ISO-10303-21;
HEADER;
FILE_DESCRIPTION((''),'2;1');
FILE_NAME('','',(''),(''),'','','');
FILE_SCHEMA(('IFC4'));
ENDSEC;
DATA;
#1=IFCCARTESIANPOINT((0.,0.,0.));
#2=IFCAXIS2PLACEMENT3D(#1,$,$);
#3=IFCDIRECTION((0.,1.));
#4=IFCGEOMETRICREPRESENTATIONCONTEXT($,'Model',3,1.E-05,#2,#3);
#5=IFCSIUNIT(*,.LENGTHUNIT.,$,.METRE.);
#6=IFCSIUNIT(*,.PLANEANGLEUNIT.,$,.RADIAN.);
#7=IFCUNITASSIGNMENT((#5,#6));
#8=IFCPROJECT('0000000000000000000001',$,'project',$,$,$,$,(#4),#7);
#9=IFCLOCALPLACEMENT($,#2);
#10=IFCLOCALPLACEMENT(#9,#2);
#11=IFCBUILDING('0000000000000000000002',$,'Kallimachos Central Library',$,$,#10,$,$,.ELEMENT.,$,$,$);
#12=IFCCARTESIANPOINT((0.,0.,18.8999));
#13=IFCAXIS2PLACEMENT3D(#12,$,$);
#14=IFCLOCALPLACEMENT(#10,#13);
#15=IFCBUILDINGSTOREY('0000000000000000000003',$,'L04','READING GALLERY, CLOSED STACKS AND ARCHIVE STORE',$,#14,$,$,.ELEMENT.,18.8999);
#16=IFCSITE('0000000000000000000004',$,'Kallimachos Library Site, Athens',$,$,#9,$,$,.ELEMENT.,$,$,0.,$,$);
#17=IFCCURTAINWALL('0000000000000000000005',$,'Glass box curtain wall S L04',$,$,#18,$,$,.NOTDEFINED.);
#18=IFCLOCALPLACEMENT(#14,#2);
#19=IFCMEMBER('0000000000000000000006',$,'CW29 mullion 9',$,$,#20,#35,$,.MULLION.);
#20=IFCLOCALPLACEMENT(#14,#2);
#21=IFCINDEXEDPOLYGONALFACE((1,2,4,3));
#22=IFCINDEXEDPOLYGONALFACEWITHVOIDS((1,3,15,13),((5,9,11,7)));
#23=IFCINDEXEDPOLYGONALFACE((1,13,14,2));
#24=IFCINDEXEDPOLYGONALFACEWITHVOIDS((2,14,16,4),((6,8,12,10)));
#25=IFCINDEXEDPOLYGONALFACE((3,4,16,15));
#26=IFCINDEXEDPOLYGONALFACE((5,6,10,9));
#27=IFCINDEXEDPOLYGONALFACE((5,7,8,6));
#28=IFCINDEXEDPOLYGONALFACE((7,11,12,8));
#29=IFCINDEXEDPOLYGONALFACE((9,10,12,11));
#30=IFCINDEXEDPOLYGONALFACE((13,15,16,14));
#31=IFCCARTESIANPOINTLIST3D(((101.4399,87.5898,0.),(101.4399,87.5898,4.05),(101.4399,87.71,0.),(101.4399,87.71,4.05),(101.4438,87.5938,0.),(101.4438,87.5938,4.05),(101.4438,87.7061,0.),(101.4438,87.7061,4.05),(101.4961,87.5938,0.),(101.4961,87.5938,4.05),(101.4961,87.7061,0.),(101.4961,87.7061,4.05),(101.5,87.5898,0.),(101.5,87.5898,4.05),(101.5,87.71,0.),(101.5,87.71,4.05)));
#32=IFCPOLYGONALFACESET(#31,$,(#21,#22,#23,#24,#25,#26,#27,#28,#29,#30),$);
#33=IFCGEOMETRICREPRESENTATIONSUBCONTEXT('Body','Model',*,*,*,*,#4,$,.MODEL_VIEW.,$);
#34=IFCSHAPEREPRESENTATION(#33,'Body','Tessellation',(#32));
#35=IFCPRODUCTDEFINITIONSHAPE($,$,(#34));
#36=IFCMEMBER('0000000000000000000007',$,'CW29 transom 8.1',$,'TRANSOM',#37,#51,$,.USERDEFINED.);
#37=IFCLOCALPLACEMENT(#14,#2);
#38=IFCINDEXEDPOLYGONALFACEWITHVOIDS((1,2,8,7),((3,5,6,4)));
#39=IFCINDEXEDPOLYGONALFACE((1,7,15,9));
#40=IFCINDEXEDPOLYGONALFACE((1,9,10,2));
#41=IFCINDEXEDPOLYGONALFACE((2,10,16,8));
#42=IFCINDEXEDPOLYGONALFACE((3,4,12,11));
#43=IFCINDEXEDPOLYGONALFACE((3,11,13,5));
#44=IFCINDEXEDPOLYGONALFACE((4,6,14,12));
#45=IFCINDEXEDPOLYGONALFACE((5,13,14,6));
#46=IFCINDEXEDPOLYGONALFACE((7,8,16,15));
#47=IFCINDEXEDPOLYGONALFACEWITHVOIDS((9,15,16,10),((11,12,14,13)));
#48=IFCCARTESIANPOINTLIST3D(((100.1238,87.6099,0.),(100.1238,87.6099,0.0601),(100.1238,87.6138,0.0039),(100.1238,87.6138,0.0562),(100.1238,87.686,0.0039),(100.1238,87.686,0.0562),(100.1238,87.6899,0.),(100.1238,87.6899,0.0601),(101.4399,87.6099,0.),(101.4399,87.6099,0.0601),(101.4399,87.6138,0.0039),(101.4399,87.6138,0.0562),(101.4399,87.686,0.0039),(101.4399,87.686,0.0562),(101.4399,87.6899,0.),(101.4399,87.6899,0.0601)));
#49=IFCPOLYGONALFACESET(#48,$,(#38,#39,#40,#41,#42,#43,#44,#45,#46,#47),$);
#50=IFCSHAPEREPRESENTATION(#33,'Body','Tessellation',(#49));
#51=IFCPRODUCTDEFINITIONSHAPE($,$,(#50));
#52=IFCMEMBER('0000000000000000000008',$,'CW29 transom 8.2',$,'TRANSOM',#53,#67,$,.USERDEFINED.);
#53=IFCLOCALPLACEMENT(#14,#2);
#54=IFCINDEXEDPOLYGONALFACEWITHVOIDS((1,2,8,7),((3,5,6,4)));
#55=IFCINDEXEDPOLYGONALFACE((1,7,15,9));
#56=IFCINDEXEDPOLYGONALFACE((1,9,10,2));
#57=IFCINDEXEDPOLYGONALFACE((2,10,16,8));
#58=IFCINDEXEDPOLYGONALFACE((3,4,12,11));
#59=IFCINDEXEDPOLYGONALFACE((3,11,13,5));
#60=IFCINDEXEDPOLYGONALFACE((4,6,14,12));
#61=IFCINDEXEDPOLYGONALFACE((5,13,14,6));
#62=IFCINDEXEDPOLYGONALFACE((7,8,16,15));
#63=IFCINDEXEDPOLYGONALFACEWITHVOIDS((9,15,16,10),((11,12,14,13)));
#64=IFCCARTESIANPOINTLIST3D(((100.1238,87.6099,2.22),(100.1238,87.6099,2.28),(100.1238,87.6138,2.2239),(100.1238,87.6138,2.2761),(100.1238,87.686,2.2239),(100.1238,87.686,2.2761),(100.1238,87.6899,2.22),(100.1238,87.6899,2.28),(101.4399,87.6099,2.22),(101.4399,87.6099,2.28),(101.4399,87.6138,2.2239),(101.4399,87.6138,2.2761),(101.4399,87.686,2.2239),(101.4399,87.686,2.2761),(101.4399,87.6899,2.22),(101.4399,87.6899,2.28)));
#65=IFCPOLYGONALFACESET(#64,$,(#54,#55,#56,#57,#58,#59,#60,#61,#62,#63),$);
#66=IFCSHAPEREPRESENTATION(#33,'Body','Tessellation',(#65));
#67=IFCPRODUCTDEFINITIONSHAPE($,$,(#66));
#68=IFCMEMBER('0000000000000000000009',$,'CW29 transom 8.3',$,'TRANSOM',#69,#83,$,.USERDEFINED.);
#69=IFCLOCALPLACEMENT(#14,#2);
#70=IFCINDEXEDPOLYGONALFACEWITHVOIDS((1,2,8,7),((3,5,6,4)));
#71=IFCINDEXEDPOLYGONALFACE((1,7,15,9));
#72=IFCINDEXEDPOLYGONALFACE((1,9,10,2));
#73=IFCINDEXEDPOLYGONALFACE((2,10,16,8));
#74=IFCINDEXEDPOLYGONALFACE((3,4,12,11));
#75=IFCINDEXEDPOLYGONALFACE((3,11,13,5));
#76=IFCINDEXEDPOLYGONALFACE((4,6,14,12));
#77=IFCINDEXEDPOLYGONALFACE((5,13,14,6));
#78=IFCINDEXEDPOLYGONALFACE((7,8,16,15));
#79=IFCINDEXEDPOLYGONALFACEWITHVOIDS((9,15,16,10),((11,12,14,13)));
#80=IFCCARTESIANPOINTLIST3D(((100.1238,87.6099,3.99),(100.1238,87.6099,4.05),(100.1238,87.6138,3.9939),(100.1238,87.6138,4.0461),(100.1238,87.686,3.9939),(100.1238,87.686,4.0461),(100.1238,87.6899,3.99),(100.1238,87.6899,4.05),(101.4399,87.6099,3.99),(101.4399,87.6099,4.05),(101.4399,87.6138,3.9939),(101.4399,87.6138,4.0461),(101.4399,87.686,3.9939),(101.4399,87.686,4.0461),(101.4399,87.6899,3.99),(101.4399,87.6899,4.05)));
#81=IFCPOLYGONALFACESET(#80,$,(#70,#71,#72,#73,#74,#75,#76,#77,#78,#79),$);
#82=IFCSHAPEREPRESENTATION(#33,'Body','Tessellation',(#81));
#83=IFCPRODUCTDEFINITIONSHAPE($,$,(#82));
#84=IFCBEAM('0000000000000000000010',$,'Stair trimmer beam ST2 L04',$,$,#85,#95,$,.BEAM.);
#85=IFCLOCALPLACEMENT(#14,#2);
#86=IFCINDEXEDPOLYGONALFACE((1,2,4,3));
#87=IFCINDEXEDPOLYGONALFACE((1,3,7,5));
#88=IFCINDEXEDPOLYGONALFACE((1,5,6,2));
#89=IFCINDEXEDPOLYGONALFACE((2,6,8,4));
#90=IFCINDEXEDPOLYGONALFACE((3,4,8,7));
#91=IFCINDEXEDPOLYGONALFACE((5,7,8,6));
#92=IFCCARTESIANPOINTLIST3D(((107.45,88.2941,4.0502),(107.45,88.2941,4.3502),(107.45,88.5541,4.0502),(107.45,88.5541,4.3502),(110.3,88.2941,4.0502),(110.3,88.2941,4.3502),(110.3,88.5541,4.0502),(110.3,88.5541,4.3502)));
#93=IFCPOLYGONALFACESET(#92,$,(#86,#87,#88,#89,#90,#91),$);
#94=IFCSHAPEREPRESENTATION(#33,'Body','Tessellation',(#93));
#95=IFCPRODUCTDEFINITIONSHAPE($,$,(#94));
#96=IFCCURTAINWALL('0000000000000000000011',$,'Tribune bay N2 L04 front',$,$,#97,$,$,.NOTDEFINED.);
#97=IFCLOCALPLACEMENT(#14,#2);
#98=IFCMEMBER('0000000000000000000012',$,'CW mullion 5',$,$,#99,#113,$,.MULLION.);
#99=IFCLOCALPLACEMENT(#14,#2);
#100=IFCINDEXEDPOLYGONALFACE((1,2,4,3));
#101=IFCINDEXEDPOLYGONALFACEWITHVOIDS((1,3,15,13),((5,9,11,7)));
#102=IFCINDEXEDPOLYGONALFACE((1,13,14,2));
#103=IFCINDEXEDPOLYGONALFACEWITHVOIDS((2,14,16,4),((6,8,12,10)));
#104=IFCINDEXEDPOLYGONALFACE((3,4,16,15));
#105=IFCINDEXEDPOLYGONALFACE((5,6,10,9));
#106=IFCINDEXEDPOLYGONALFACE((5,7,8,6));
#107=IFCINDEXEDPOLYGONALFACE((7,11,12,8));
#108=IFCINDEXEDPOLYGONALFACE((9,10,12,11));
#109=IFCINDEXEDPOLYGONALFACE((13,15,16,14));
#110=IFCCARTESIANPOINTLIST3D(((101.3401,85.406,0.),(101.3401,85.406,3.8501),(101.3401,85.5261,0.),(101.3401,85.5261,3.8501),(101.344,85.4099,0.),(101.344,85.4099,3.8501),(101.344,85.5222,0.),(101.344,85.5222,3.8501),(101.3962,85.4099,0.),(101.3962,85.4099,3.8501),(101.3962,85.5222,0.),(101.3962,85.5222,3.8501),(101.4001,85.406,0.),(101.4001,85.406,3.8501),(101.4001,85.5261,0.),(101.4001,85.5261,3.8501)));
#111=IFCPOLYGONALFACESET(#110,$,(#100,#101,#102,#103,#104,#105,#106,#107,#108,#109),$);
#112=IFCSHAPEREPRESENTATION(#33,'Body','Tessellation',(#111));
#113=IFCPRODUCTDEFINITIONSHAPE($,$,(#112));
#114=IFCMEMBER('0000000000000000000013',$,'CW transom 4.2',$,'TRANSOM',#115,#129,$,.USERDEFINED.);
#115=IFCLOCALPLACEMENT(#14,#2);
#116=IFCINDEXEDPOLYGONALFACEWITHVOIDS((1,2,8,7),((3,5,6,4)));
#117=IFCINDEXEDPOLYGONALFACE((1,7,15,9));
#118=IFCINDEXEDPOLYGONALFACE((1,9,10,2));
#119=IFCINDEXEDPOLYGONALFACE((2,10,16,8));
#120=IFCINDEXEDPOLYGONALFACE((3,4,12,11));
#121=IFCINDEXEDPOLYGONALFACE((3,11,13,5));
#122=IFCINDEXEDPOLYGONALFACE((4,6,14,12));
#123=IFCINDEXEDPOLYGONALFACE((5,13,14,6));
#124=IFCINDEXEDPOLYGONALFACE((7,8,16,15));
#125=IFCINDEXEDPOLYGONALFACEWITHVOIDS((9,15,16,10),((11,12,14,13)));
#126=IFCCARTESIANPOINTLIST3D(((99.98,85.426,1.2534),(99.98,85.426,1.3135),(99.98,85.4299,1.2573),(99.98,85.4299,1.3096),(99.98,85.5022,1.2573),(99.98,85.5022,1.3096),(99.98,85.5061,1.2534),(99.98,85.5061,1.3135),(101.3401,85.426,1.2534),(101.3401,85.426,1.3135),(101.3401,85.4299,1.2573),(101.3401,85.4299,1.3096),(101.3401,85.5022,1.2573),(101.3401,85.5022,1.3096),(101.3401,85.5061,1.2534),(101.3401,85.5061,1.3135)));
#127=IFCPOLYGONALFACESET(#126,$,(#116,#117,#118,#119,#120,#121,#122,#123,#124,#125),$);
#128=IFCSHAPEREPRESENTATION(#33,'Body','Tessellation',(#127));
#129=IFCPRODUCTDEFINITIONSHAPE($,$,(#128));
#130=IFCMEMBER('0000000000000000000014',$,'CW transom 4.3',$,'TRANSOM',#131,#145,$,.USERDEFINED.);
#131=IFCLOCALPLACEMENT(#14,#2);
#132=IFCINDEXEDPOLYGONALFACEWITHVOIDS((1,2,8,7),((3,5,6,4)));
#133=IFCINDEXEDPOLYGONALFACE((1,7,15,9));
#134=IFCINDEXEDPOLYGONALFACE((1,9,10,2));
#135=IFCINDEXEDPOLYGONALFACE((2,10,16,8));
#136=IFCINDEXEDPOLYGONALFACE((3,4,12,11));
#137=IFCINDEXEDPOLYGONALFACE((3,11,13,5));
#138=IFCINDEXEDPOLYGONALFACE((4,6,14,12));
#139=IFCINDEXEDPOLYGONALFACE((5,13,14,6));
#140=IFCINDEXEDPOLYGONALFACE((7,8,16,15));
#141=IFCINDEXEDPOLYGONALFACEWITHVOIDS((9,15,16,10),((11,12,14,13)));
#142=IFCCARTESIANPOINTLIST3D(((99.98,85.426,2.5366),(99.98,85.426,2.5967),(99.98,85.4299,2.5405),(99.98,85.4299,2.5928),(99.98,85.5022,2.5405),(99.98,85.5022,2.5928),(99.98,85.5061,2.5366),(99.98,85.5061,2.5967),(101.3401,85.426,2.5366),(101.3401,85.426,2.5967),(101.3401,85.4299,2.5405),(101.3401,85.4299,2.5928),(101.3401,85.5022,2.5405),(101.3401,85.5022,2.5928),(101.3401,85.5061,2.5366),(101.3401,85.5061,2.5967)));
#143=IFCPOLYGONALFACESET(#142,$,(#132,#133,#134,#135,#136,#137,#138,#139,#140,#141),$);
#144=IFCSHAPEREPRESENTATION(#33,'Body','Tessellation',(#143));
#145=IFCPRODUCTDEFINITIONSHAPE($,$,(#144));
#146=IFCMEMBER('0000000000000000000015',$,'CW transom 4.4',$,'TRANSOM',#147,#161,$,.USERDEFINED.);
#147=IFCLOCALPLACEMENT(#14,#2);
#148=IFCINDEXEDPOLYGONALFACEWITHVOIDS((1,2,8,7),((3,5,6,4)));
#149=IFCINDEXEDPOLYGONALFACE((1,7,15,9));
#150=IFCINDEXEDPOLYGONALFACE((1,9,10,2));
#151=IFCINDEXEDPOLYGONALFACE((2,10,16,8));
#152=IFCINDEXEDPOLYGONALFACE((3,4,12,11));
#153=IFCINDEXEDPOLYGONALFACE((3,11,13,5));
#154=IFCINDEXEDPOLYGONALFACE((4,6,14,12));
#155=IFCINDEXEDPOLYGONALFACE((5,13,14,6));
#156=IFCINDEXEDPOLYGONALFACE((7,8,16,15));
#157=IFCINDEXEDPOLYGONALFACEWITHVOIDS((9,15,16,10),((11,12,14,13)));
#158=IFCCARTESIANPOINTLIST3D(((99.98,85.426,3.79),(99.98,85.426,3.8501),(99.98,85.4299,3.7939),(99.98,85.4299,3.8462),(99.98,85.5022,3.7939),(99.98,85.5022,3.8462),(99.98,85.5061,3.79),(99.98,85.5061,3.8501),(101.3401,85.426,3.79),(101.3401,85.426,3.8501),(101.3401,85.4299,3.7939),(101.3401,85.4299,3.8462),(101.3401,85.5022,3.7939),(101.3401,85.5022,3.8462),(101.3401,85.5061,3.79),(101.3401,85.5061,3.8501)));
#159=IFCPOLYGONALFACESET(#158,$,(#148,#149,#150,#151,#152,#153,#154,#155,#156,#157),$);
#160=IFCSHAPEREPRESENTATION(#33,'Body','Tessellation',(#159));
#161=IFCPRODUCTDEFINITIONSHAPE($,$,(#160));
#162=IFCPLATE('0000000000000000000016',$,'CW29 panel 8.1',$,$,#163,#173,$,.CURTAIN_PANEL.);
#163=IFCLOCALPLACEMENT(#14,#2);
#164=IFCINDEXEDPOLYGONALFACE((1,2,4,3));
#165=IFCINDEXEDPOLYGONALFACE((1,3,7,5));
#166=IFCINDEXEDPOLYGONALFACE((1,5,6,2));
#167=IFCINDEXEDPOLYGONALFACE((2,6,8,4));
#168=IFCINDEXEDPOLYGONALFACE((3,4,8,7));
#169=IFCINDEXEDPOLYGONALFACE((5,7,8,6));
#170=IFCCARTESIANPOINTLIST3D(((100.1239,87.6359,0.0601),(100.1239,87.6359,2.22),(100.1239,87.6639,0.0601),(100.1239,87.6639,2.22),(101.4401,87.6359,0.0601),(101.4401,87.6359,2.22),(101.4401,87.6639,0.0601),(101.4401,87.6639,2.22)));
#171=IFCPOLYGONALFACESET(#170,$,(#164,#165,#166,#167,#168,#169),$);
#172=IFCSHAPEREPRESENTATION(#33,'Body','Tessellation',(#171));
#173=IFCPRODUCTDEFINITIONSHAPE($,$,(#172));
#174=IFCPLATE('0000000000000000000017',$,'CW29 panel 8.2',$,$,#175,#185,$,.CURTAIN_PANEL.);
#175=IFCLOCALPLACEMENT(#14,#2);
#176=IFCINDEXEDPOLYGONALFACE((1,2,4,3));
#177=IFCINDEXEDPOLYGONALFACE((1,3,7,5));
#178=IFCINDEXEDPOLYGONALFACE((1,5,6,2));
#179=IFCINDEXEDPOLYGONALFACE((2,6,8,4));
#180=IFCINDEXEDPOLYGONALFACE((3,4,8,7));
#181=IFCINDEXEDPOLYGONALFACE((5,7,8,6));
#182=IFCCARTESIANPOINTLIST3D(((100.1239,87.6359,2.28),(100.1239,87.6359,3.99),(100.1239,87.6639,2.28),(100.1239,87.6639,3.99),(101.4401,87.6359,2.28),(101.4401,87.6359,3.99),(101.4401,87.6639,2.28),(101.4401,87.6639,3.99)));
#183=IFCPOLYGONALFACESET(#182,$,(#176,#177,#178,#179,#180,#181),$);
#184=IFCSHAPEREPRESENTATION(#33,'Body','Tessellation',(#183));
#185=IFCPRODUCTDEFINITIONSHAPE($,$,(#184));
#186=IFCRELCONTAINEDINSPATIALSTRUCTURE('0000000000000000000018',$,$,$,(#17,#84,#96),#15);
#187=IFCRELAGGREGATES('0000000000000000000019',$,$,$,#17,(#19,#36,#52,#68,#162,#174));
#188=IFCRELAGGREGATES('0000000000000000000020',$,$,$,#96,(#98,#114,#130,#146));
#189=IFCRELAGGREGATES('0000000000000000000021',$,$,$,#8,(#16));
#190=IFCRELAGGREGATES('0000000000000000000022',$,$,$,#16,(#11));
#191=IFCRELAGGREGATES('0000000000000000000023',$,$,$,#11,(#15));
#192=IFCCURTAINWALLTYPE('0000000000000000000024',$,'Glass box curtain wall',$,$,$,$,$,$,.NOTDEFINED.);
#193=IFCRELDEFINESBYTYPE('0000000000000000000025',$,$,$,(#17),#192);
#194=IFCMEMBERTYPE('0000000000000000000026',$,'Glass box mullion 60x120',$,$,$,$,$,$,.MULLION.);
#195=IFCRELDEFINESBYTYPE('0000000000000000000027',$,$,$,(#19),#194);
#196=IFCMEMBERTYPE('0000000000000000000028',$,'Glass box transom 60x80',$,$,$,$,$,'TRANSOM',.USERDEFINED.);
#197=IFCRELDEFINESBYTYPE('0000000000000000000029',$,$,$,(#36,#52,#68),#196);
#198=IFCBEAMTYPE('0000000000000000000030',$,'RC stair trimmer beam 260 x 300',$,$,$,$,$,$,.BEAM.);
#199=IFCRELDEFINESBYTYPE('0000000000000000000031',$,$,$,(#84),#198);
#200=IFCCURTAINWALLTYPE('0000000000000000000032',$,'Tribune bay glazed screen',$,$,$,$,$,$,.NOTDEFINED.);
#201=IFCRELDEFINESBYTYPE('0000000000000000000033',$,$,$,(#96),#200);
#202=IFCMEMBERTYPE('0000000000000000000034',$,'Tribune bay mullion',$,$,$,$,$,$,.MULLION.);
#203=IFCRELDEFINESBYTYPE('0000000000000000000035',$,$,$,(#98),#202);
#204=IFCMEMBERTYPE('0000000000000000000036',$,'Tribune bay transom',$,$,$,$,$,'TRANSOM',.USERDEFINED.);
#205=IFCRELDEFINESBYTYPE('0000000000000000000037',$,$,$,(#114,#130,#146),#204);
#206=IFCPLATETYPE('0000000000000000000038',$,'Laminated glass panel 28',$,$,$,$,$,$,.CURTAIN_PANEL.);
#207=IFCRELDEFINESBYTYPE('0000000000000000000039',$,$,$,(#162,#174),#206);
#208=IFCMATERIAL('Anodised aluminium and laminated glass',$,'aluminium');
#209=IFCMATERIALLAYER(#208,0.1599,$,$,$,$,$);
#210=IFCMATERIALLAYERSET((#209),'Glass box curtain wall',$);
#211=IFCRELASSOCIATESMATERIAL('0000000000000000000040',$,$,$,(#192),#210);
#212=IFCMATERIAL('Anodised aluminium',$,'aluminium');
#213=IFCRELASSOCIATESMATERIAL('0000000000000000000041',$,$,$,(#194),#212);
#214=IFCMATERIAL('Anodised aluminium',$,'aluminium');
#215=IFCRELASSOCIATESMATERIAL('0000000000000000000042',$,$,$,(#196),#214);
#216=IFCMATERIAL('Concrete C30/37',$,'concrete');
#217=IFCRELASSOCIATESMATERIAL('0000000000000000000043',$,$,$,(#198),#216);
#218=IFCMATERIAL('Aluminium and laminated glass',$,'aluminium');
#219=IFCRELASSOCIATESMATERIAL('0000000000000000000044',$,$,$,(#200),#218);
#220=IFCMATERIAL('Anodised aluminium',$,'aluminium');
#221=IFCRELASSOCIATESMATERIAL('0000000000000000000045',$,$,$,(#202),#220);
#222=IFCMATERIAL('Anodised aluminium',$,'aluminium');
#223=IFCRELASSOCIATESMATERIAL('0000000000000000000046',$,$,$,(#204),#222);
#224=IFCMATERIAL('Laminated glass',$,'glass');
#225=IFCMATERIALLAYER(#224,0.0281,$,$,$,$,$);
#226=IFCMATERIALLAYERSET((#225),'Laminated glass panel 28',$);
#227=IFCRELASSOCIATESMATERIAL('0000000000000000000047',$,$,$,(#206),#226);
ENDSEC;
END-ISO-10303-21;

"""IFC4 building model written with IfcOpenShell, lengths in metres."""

from ifc_helpers import new_model, si_unit, direction, frame, origin, origin_2d, place, context, subcontext, project, spatial, rectangle, hollow_rectangle, extrude, material, layer, layer_set, material_profile, profile_set, type_object, element, aggregate, save


model = new_model("IFC4")

# Units and contexts
model_context = context("Model", 3, precision=1e-05, world=origin(), true_north=direction((0.0, 1.0)))
body_context = subcontext(model_context, "Body", "Model", "MODEL_VIEW")
ifc_project = project(units=[si_unit("LENGTHUNIT", "METRE"), si_unit("PLANEANGLEUNIT", "RADIAN")], contexts=[model_context])

# Site, building, storey
site_placement = place(None, origin())
site = spatial("IfcSite", under=ifc_project, at=site_placement, Name="Kallimachos Library Site, Athens", CompositionType="ELEMENT", RefElevation=0.0)
building_placement = place(site_placement, origin())
building = spatial("IfcBuilding", under=site, at=building_placement, Name="Kallimachos Central Library", CompositionType="ELEMENT")
storey_placement = place(building_placement, frame((0.0, 0.0, 18.8999)))
storey = spatial("IfcBuildingStorey", under=building, at=storey_placement, Name="L04", Description="READING GALLERY, CLOSED STACKS AND ARCHIVE STORE", CompositionType="ELEMENT", Elevation=18.8999)

# Curtain wall, members
ifc_material_1 = material(Name="Anodised aluminium and laminated glass", Category="aluminium")
ifc_layer_1 = layer(ifc_material_1, 0.1599)
ifc_layer_set_1 = layer_set([ifc_layer_1], Name="Glass box curtain wall")
curtain_wall_type_1 = type_object("IfcCurtainWallType", Name="Glass box curtain wall", PredefinedType="NOTDEFINED", material=ifc_layer_set_1)
curtain_wall_1_placement = place(storey_placement, origin())
curtain_wall_1 = element("IfcCurtainWall", 1, at=curtain_wall_1_placement, inside=storey, type_object=curtain_wall_type_1, Name="Glass box curtain wall S L04", PredefinedType="NOTDEFINED")
ifc_material_2 = material(Name="Anodised aluminium", Category="aluminium")
ifc_material_profile_1 = material_profile(ifc_material_2, hollow_rectangle(XDim=0.0601, YDim=0.1201, WallThickness=0.0039, at=origin_2d()), Name="ALU MULLION 60x120")
ifc_profile_set_1 = profile_set([ifc_material_profile_1], Name="Anodised aluminium")
member_type_1 = type_object("IfcMemberType", Name="Glass box mullion 60x120", PredefinedType="MULLION", material=ifc_profile_set_1)
member_1_placement = place(storey_placement, frame((101.47, 87.6499, 0.0), z_axis=(0.0, 0.0, 1.0), x_axis=(1.0, 0.0, 0.0)))
member_1 = element("IfcMember", 2, at=member_1_placement, type_object=member_type_1, Name="CW29 mullion 9", PredefinedType="MULLION", context=body_context, shape_type="SweptSolid", body=[
    extrude(hollow_rectangle(XDim=0.0601, YDim=0.1201, WallThickness=0.0039, at=origin_2d()), origin(), (0.0, 0.0, 1.0), 4.05),
])
ifc_material_3 = material(Name="Anodised aluminium", Category="aluminium")
ifc_material_profile_2 = material_profile(ifc_material_3, hollow_rectangle(XDim=0.0601, YDim=0.0801, WallThickness=0.0039, at=origin_2d()), Name="ALU TRANSOM 60x80")
ifc_profile_set_2 = profile_set([ifc_material_profile_2], Name="Anodised aluminium")
member_type_2 = type_object("IfcMemberType", Name="Glass box transom 60x80", ElementType="TRANSOM", PredefinedType="USERDEFINED", material=ifc_profile_set_2)
member_2_placement = place(storey_placement, frame((100.1238, 87.6499, 0.03), z_axis=(1.0, 0.0, 0.0), x_axis=(0.0, 0.0, 1.0)))
member_2 = element("IfcMember", 3, at=member_2_placement, type_object=member_type_2, Name="CW29 transom 8.1", ObjectType="TRANSOM", PredefinedType="USERDEFINED", context=body_context, shape_type="SweptSolid", body=[
    extrude(hollow_rectangle(XDim=0.0601, YDim=0.0801, WallThickness=0.0039, at=origin_2d()), origin(), (0.0, 0.0, 1.0), 1.3162),
])
member_3_placement = place(storey_placement, frame((100.1238, 87.6499, 2.25), z_axis=(1.0, 0.0, 0.0), x_axis=(0.0, 0.0, 1.0)))
member_3 = element("IfcMember", 4, at=member_3_placement, type_object=member_type_2, Name="CW29 transom 8.2", ObjectType="TRANSOM", PredefinedType="USERDEFINED", context=body_context, shape_type="SweptSolid", body=[
    extrude(hollow_rectangle(XDim=0.0601, YDim=0.0801, WallThickness=0.0039, at=origin_2d()), origin(), (0.0, 0.0, 1.0), 1.3162),
])
member_4_placement = place(storey_placement, frame((100.1238, 87.6499, 4.02), z_axis=(1.0, 0.0, 0.0), x_axis=(0.0, 0.0, 1.0)))
member_4 = element("IfcMember", 5, at=member_4_placement, type_object=member_type_2, Name="CW29 transom 8.3", ObjectType="TRANSOM", PredefinedType="USERDEFINED", context=body_context, shape_type="SweptSolid", body=[
    extrude(hollow_rectangle(XDim=0.0601, YDim=0.0801, WallThickness=0.0039, at=origin_2d()), origin(), (0.0, 0.0, 1.0), 1.3162),
])

# Beam
ifc_material_4 = material(Name="Concrete C30/37", Category="concrete")
ifc_material_profile_3 = material_profile(ifc_material_4, rectangle(XDim=0.26, YDim=0.3, at=origin_2d()), Name="RC stair trimmer beam 260 x 300")
ifc_profile_set_3 = profile_set([ifc_material_profile_3], Name="Concrete C30/37")
beam_type = type_object("IfcBeamType", Name="RC stair trimmer beam 260 x 300", PredefinedType="BEAM", material=ifc_profile_set_3)
beam_placement = place(storey_placement, frame((110.3, 88.4241, 4.2002), z_axis=(-1.0, 0.0, 0.0), x_axis=(0.0, -1.0, 0.0)))
element("IfcBeam", 6, at=beam_placement, inside=storey, type_object=beam_type, Name="Stair trimmer beam ST2 L04", PredefinedType="BEAM", context=body_context, shape_type="SweptSolid", body=[
    extrude(rectangle(XDim=0.26, YDim=0.3, at=origin_2d()), origin(), (0.0, 0.0, 1.0), 2.8501),
])

# Curtain wall, members
ifc_material_5 = material(Name="Aluminium and laminated glass", Category="aluminium")
curtain_wall_type_2 = type_object("IfcCurtainWallType", Name="Tribune bay glazed screen", PredefinedType="NOTDEFINED", material=ifc_material_5)
curtain_wall_2_placement = place(storey_placement, origin())
curtain_wall_2 = element("IfcCurtainWall", 7, at=curtain_wall_2_placement, inside=storey, type_object=curtain_wall_type_2, Name="Tribune bay N2 L04 front", PredefinedType="NOTDEFINED")
ifc_material_6 = material(Name="Anodised aluminium", Category="aluminium")
ifc_material_profile_4 = material_profile(ifc_material_6, hollow_rectangle(XDim=0.0601, YDim=0.1201, WallThickness=0.0039, at=origin_2d()), Name="ALU MULLION 60x120")
ifc_profile_set_4 = profile_set([ifc_material_profile_4], Name="Anodised aluminium")
member_type_3 = type_object("IfcMemberType", Name="Tribune bay mullion", PredefinedType="MULLION", material=ifc_profile_set_4)
member_5_placement = place(storey_placement, frame((101.3701, 85.4661, 0.0), z_axis=(0.0, 0.0, 1.0), x_axis=(1.0, 0.0, 0.0)))
member_5 = element("IfcMember", 8, at=member_5_placement, type_object=member_type_3, Name="CW mullion 5", PredefinedType="MULLION", context=body_context, shape_type="SweptSolid", body=[
    extrude(hollow_rectangle(XDim=0.0601, YDim=0.1201, WallThickness=0.0039, at=origin_2d()), origin(), (0.0, 0.0, 1.0), 3.8501),
])
ifc_material_7 = material(Name="Anodised aluminium", Category="aluminium")
ifc_material_profile_5 = material_profile(ifc_material_7, hollow_rectangle(XDim=0.0601, YDim=0.0801, WallThickness=0.0039, at=origin_2d()), Name="ALU TRANSOM 60x80")
ifc_profile_set_5 = profile_set([ifc_material_profile_5], Name="Anodised aluminium")
member_type_4 = type_object("IfcMemberType", Name="Tribune bay transom", ElementType="TRANSOM", PredefinedType="USERDEFINED", material=ifc_profile_set_5)
member_6_placement = place(storey_placement, frame((99.98, 85.4661, 1.2834), z_axis=(1.0, 0.0, 0.0), x_axis=(0.0, 0.0, 1.0)))
member_6 = element("IfcMember", 9, at=member_6_placement, type_object=member_type_4, Name="CW transom 4.2", ObjectType="TRANSOM", PredefinedType="USERDEFINED", context=body_context, shape_type="SweptSolid", body=[
    extrude(hollow_rectangle(XDim=0.0601, YDim=0.0801, WallThickness=0.0039, at=origin_2d()), origin(), (0.0, 0.0, 1.0), 1.3601),
])
member_7_placement = place(storey_placement, frame((99.98, 85.4661, 2.5667), z_axis=(1.0, 0.0, 0.0), x_axis=(0.0, 0.0, 1.0)))
member_7 = element("IfcMember", 10, at=member_7_placement, type_object=member_type_4, Name="CW transom 4.3", ObjectType="TRANSOM", PredefinedType="USERDEFINED", context=body_context, shape_type="SweptSolid", body=[
    extrude(hollow_rectangle(XDim=0.0601, YDim=0.0801, WallThickness=0.0039, at=origin_2d()), origin(), (0.0, 0.0, 1.0), 1.3601),
])
member_8_placement = place(storey_placement, frame((99.98, 85.4661, 3.8201), z_axis=(1.0, 0.0, 0.0), x_axis=(0.0, 0.0, 1.0)))
member_8 = element("IfcMember", 11, at=member_8_placement, type_object=member_type_4, Name="CW transom 4.4", ObjectType="TRANSOM", PredefinedType="USERDEFINED", context=body_context, shape_type="SweptSolid", body=[
    extrude(hollow_rectangle(XDim=0.0601, YDim=0.0801, WallThickness=0.0039, at=origin_2d()), origin(), (0.0, 0.0, 1.0), 1.3601),
])

# Plates
ifc_material_8 = material(Name="Laminated glass", Category="glass")
ifc_layer_2 = layer(ifc_material_8, 0.0281)
ifc_layer_set_2 = layer_set([ifc_layer_2], Name="Laminated glass panel 28")
plate_type_1 = type_object("IfcPlateType", Name="Laminated glass panel 28", PredefinedType="CURTAIN_PANEL", material=ifc_layer_set_2)
plate_1_placement = place(storey_placement, frame((100.782, 87.6499, 0.0601), z_axis=(0.0, 0.0, 1.0), x_axis=(1.0, 0.0, 0.0)))
plate_1 = element("IfcPlate", 12, at=plate_1_placement, type_object=plate_type_1, Name="CW29 panel 8.1", PredefinedType="CURTAIN_PANEL", context=body_context, shape_type="SweptSolid", body=[
    extrude(rectangle(XDim=1.3162, YDim=0.0281, at=origin_2d()), origin(), (0.0, 0.0, 1.0), 2.1599),
])
plate_2_placement = place(storey_placement, frame((100.782, 87.6499, 2.28), z_axis=(0.0, 0.0, 1.0), x_axis=(1.0, 0.0, 0.0)))
plate_2 = element("IfcPlate", 13, at=plate_2_placement, type_object=plate_type_1, Name="CW29 panel 8.2", PredefinedType="CURTAIN_PANEL", context=body_context, shape_type="SweptSolid", body=[
    extrude(rectangle(XDim=1.3162, YDim=0.0281, at=origin_2d()), origin(), (0.0, 0.0, 1.0), 1.71),
])
aggregate(curtain_wall_1, [member_1, member_2, member_3, member_4, plate_1, plate_2])
aggregate(curtain_wall_2, [member_5, member_6, member_7, member_8])

save(model, "model.ifc")
